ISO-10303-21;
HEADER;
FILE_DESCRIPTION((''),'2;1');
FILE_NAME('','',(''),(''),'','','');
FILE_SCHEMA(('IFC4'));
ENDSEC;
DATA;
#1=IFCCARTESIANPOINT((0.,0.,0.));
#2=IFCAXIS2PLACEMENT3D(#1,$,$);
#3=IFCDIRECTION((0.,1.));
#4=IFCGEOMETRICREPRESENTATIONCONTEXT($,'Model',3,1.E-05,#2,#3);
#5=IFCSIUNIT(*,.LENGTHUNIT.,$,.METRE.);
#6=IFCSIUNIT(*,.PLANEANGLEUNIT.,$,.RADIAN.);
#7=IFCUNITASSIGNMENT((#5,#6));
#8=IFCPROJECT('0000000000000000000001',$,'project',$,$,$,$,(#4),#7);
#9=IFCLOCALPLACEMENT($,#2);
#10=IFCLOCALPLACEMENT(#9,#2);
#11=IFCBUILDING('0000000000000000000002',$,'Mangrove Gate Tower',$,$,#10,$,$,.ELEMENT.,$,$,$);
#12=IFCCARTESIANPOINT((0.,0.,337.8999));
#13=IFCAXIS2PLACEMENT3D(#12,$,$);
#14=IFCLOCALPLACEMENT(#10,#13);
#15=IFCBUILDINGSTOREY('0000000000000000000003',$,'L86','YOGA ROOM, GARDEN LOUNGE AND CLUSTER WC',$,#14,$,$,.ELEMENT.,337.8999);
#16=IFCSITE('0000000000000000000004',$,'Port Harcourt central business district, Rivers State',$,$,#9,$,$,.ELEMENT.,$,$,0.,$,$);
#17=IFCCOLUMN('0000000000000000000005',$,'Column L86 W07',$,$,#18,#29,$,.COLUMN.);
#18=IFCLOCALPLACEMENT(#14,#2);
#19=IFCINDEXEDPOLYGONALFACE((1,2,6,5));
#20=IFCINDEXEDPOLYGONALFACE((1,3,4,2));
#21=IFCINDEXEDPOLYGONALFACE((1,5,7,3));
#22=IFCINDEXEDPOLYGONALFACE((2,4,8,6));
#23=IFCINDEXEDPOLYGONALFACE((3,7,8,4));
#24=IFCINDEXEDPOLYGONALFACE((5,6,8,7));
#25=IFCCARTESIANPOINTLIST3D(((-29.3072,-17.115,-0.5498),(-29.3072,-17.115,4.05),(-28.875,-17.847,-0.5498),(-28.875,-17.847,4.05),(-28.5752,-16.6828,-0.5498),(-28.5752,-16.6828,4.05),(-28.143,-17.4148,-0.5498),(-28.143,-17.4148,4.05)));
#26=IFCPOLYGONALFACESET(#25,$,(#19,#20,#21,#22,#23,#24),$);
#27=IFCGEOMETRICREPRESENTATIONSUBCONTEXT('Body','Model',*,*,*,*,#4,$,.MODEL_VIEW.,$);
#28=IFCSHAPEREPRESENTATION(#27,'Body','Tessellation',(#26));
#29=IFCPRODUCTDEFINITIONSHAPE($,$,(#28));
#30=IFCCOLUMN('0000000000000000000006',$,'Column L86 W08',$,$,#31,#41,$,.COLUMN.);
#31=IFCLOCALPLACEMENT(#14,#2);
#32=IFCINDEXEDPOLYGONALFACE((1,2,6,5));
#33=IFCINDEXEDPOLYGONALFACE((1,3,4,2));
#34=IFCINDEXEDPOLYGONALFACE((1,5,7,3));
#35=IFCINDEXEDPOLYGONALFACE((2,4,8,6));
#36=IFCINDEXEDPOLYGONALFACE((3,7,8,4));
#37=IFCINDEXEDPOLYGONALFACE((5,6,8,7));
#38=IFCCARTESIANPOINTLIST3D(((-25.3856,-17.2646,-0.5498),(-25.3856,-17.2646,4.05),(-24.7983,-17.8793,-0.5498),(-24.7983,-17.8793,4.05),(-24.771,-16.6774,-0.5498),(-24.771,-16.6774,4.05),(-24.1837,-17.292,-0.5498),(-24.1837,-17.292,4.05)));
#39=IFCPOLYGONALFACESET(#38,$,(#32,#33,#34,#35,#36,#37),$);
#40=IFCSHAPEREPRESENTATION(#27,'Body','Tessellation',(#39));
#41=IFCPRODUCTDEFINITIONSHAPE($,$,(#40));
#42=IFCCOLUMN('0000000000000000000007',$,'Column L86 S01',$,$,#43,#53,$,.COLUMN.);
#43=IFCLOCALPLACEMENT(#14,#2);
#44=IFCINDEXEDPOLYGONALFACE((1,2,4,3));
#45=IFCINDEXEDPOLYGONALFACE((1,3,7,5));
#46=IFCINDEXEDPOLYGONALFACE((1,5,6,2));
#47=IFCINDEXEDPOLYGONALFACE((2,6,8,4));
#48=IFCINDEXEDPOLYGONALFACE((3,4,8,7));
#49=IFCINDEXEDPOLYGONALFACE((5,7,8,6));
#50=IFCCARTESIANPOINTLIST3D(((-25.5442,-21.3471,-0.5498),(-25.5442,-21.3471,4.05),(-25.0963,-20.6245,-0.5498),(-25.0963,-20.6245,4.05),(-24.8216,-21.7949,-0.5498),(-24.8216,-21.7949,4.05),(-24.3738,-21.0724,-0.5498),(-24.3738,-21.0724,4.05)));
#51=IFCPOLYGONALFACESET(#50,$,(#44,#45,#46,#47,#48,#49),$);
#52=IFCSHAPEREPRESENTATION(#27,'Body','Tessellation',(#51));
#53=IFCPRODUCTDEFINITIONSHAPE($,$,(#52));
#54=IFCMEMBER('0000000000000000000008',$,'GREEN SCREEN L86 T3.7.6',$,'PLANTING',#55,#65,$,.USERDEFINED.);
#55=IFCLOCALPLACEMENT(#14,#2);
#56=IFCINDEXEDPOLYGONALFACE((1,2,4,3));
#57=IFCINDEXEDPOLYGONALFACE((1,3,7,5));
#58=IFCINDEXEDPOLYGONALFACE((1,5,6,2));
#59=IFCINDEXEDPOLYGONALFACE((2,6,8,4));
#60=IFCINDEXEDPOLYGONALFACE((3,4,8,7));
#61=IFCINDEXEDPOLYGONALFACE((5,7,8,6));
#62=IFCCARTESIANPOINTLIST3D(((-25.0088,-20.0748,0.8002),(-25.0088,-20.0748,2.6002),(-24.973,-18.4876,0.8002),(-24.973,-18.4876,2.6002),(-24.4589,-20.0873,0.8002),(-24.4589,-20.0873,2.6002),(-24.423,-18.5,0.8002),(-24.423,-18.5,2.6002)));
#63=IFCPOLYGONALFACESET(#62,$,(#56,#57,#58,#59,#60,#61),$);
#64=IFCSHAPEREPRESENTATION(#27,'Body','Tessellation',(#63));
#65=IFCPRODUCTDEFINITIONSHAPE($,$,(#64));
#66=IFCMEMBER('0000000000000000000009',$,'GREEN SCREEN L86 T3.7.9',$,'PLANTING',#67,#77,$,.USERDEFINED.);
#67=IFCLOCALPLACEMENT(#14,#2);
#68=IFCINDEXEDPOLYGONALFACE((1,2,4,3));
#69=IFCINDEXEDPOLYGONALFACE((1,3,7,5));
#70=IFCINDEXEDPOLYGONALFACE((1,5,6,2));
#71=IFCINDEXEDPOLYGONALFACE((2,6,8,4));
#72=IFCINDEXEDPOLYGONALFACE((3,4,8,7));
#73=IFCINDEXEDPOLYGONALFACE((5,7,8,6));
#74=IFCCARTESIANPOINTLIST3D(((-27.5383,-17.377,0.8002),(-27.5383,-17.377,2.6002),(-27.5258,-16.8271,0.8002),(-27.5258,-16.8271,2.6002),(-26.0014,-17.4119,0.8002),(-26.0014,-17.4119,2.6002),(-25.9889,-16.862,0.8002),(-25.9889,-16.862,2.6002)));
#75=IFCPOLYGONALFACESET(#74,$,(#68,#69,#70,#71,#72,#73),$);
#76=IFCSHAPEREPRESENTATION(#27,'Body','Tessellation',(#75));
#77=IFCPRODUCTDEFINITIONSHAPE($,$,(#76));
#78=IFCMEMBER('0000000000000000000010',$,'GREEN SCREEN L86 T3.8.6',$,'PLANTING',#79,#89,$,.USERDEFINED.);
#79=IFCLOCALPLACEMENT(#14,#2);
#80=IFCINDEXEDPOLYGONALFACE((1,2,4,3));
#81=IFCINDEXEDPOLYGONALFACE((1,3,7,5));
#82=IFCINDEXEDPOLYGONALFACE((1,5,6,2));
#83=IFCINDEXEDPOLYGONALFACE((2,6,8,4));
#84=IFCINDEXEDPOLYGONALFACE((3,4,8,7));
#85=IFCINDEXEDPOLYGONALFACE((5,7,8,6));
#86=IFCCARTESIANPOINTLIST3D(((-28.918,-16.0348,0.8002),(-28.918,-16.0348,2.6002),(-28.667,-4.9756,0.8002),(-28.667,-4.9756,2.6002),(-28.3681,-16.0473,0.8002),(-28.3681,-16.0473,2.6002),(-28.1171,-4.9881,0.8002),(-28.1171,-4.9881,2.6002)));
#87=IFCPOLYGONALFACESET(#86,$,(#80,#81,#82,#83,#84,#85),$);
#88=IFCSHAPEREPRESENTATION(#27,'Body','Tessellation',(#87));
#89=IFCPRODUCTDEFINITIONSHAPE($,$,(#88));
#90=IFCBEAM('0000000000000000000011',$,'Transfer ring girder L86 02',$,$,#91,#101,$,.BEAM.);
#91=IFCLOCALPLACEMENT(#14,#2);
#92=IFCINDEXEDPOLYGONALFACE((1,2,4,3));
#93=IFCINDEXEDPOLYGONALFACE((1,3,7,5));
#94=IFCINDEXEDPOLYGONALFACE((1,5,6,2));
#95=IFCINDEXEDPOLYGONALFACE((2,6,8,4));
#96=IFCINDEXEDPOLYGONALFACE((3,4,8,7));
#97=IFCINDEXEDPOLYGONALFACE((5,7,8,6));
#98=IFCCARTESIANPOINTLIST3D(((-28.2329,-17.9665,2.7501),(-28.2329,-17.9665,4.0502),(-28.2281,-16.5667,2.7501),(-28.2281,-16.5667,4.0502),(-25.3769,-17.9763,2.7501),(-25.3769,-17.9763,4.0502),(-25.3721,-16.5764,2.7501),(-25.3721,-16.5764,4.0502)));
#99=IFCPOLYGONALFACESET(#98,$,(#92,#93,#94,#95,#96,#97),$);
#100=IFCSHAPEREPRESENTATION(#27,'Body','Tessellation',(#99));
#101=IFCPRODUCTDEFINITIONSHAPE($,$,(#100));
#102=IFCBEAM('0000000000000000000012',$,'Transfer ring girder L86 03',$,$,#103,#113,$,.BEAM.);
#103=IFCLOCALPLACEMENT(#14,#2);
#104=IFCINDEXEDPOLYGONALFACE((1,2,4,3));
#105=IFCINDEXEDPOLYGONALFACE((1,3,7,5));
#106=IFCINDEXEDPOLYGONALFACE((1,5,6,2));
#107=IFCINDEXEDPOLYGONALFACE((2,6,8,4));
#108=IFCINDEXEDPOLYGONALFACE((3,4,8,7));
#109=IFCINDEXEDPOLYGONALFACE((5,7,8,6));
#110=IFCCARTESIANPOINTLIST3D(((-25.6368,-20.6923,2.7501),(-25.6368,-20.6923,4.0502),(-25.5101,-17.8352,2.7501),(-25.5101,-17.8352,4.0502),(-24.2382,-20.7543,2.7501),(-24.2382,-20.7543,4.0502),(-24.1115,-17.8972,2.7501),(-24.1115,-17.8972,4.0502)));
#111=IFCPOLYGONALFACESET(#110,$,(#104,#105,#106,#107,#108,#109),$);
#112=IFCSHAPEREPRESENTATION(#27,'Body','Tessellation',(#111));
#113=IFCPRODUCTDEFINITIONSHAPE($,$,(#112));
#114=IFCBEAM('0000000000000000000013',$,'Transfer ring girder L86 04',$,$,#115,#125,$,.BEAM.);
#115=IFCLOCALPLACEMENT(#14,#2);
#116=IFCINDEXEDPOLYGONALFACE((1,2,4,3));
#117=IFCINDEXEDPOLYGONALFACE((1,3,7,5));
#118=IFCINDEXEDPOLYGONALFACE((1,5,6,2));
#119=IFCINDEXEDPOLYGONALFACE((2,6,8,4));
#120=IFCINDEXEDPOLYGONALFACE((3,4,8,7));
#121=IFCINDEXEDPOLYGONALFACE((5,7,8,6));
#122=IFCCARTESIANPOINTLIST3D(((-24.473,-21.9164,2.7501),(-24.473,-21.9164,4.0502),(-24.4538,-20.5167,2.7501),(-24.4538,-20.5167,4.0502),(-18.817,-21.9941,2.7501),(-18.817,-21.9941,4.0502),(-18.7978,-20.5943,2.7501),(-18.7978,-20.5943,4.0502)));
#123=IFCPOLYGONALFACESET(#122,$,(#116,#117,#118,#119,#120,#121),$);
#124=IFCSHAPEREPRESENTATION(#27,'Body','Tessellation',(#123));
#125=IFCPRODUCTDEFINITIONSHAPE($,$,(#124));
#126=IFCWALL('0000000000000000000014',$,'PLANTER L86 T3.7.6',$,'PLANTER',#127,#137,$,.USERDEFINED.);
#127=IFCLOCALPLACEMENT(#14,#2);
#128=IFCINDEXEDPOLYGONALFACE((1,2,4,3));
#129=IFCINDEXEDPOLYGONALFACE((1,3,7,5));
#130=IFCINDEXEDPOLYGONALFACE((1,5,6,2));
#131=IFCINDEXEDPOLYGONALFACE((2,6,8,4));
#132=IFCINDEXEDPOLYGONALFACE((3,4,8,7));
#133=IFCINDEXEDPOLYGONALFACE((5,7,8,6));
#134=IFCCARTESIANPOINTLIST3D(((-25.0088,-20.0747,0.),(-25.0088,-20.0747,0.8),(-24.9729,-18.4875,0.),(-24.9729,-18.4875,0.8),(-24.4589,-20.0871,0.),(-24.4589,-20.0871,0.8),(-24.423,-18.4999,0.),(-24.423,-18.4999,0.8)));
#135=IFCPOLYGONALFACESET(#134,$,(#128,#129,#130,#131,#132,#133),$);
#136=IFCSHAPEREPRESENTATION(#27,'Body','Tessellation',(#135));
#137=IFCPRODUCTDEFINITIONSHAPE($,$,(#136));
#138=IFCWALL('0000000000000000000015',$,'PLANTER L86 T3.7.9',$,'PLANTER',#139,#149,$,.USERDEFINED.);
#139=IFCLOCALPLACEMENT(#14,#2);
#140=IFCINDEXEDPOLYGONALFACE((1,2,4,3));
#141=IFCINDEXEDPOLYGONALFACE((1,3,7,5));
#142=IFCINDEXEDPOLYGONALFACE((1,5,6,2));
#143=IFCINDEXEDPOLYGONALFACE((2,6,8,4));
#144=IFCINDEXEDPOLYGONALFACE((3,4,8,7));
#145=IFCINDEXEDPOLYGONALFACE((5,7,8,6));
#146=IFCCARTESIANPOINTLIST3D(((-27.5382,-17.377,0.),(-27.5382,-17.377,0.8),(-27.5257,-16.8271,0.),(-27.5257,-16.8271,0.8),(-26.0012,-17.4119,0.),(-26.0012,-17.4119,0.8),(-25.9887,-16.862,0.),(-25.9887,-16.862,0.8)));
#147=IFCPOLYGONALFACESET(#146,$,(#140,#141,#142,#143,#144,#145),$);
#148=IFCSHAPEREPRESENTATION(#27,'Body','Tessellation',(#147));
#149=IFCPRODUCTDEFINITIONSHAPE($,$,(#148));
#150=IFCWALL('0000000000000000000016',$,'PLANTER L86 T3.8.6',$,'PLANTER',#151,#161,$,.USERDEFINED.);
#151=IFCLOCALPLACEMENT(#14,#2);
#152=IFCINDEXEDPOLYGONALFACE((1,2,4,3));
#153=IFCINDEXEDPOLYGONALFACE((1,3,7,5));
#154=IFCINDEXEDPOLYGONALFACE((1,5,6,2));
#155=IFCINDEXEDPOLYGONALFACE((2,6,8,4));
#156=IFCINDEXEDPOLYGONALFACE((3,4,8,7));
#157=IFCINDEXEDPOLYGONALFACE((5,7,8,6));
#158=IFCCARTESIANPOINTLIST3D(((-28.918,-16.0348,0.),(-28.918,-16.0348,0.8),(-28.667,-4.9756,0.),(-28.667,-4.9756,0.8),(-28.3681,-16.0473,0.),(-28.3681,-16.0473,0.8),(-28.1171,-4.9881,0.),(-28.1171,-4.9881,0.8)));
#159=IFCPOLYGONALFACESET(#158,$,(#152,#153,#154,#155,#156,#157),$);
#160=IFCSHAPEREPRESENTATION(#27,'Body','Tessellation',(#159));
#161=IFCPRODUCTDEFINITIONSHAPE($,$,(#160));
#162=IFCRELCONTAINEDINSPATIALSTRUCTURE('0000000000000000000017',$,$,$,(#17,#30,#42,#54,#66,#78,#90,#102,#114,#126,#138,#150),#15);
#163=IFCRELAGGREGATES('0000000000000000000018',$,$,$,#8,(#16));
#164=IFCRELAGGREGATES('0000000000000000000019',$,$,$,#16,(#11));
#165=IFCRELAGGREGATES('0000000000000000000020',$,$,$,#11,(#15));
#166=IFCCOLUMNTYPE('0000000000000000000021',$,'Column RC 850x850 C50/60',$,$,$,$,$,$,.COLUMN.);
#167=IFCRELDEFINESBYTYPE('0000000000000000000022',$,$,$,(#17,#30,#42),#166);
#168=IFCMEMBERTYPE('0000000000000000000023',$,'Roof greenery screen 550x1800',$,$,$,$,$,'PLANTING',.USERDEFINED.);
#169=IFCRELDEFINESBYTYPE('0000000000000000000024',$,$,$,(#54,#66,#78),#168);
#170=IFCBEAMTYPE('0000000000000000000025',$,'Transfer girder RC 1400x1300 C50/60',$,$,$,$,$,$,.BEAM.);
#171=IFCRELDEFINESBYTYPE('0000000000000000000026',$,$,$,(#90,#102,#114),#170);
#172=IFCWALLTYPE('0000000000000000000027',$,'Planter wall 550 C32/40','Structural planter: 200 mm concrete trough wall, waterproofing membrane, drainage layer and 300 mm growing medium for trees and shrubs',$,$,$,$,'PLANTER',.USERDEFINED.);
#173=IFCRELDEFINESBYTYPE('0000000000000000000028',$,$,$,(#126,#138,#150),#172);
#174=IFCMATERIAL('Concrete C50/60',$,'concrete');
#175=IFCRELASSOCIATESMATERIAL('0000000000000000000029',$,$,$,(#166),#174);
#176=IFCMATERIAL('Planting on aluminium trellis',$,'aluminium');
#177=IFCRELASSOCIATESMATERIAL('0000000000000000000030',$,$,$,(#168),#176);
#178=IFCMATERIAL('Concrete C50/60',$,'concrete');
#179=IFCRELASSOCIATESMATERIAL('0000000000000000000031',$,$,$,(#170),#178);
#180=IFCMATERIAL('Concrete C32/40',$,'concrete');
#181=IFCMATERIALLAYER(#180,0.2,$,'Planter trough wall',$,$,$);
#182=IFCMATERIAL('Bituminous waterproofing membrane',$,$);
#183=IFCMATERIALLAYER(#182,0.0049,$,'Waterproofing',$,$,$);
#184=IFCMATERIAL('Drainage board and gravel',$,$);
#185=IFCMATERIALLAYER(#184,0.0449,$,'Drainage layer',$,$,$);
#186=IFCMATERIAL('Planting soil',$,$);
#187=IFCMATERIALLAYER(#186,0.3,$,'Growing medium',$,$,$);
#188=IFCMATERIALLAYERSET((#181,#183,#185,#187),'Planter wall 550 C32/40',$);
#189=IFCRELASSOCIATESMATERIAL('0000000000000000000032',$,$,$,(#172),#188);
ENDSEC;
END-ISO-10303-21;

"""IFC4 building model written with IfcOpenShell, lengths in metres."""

from ifc_helpers import new_model, si_unit, direction, frame, frame_2d, origin, origin_2d, place, context, subcontext, project, spatial, rectangle, extrude, material, layer, layer_set, material_profile, profile_set, type_object, element, save


model = new_model("IFC4")

# Units and contexts
model_context = context("Model", 3, precision=1e-05, world=origin(), true_north=direction((0.0, 1.0)))
body_context = subcontext(model_context, "Body", "Model", "MODEL_VIEW")
ifc_project = project(units=[si_unit("LENGTHUNIT", "METRE"), si_unit("PLANEANGLEUNIT", "RADIAN")], contexts=[model_context])

# Site, building, storey
site_placement = place(None, origin())
site = spatial("IfcSite", under=ifc_project, at=site_placement, Name="Port Harcourt central business district, Rivers State", CompositionType="ELEMENT", RefElevation=0.0)
building_placement = place(site_placement, origin())
building = spatial("IfcBuilding", under=site, at=building_placement, Name="Mangrove Gate Tower", CompositionType="ELEMENT")
storey_placement = place(building_placement, frame((0.0, 0.0, 337.8999)))
storey = spatial("IfcBuildingStorey", under=building, at=storey_placement, Name="L86", Description="YOGA ROOM, GARDEN LOUNGE AND CLUSTER WC", CompositionType="ELEMENT", Elevation=337.8999)

# Columns
ifc_material_1 = material(Name="Concrete C50/60", Category="concrete")
ifc_material_profile_1 = material_profile(ifc_material_1, rectangle(XDim=0.8501, YDim=0.8501, at=origin_2d()))
ifc_profile_set_1 = profile_set([ifc_material_profile_1], Name="Concrete C50/60")
column_type = type_object("IfcColumnType", Name="Column RC 850x850 C50/60", PredefinedType="COLUMN", material=ifc_profile_set_1)
for number, where, z_axis, x_axis, name in (
    (1, (-28.7251, -17.2649, -0.5498), (0.0, 0.0, 1.0), (0.508409, -0.861116, 0.0), "Column L86 W07"),
    (2, (-24.7847, -17.2783, -0.5498), (0.0, 0.0, 1.0), (0.690837, -0.72301, 0.0), "Column L86 W08"),
    (3, (-24.959, -21.2097, -0.5498), (0.0, 0.0, 1.0), (0.84996, -0.526848, 0.0), "Column L86 S01"),
):
    element("IfcColumn", number, at=place(storey_placement, frame(where, z_axis=z_axis, x_axis=x_axis)), inside=storey, type_object=column_type, Name=name, PredefinedType="COLUMN", context=body_context, shape_type="SweptSolid", body=[
        extrude(rectangle(XDim=0.8501, YDim=0.8501, at=origin_2d()), origin(), (0.0, 0.0, 1.0), 4.5999),
    ])

# Members
ifc_material_2 = material(Name="Planting on aluminium trellis", Category="aluminium")
ifc_material_profile_2 = material_profile(ifc_material_2, rectangle(XDim=0.55, YDim=1.8, at=origin_2d()))
ifc_profile_set_2 = profile_set([ifc_material_profile_2], Name="Planting on aluminium trellis")
member_type = type_object("IfcMemberType", Name="Roof greenery screen 550x1800", ElementType="PLANTING", PredefinedType="USERDEFINED", material=ifc_profile_set_2)
member_1_placement = place(storey_placement, frame((-24.7339, -20.0811, 1.7002), z_axis=(0.022606, 0.999744, 0.0), x_axis=(-0.999744, 0.022606, 0.0)))
element("IfcMember", 4, at=member_1_placement, inside=storey, type_object=member_type, Name="GREEN SCREEN L86 T3.7.6", ObjectType="PLANTING", PredefinedType="USERDEFINED", context=body_context, shape_type="SweptSolid", body=[
    extrude(rectangle(XDim=0.55, YDim=1.8, at=origin_2d()), origin(), (0.0, 0.0, 1.0), 1.5876),
])
member_2_placement = place(storey_placement, frame((-25.9951, -17.137, 1.7002), z_axis=(-0.999742, 0.022711, 0.0), x_axis=(-0.022711, -0.999742, 0.0)))
element("IfcMember", 5, at=member_2_placement, inside=storey, type_object=member_type, Name="GREEN SCREEN L86 T3.7.9", ObjectType="PLANTING", PredefinedType="USERDEFINED", context=body_context, shape_type="SweptSolid", body=[
    extrude(rectangle(XDim=0.55, YDim=1.8, at=origin_2d()), origin(), (0.0, 0.0, 1.0), 1.5374),
])
member_3_placement = place(storey_placement, frame((-28.6431, -16.041, 1.7002), z_axis=(0.022688, 0.999743, 0.0), x_axis=(-0.999743, 0.022688, 0.0)))
element("IfcMember", 6, at=member_3_placement, inside=storey, type_object=member_type, Name="GREEN SCREEN L86 T3.8.6", ObjectType="PLANTING", PredefinedType="USERDEFINED", context=body_context, shape_type="SweptSolid", body=[
    extrude(rectangle(XDim=0.55, YDim=1.8, at=origin_2d()), origin(), (0.0, 0.0, 1.0), 11.062),
])

# Beams
ifc_material_3 = material(Name="Concrete C50/60", Category="concrete")
ifc_material_profile_3 = material_profile(ifc_material_3, rectangle(XDim=1.3999, YDim=1.3, at=origin_2d()))
ifc_profile_set_3 = profile_set([ifc_material_profile_3], Name="Concrete C50/60")
beam_type = type_object("IfcBeamType", Name="Transfer girder RC 1400x1300 C50/60", PredefinedType="BEAM", material=ifc_profile_set_3)
beam_1_placement = place(storey_placement, frame((-28.2305, -17.2666, 3.4001), z_axis=(0.999994, -0.003419, 0.0), x_axis=(0.003419, 0.999994, 0.0)))
element("IfcBeam", 7, at=beam_1_placement, inside=storey, type_object=beam_type, Name="Transfer ring girder L86 02", PredefinedType="BEAM", context=body_context, shape_type="SweptSolid", body=[
    extrude(rectangle(XDim=1.3999, YDim=1.3, at=origin_2d()), origin(), (0.0, 0.0, 1.0), 2.856),
])
beam_2_placement = place(storey_placement, frame((-24.8108, -17.8662, 3.4001), z_axis=(-0.044308, -0.999018, 0.0), x_axis=(0.999018, -0.044308, 0.0)))
element("IfcBeam", 8, at=beam_2_placement, inside=storey, type_object=beam_type, Name="Transfer ring girder L86 03", PredefinedType="BEAM", context=body_context, shape_type="SweptSolid", body=[
    extrude(rectangle(XDim=1.3999, YDim=1.3, at=origin_2d()), origin(), (0.0, 0.0, 1.0), 2.8599),
])
beam_3_placement = place(storey_placement, frame((-24.4634, -21.2166, 3.4001), z_axis=(0.999906, -0.013725, 0.0), x_axis=(0.013725, 0.999906, 0.0)))
element("IfcBeam", 9, at=beam_3_placement, inside=storey, type_object=beam_type, Name="Transfer ring girder L86 04", PredefinedType="BEAM", context=body_context, shape_type="SweptSolid", body=[
    extrude(rectangle(XDim=1.3999, YDim=1.3, at=origin_2d()), origin(), (0.0, 0.0, 1.0), 5.6565),
])

# Walls
ifc_material_4 = material(Name="Concrete C32/40", Category="concrete")
ifc_layer_1 = layer(ifc_material_4, 0.2, Name="Planter trough wall")
ifc_material_5 = material(Name="Bituminous waterproofing membrane")
ifc_layer_2 = layer(ifc_material_5, 0.0049, Name="Waterproofing")
ifc_material_6 = material(Name="Drainage board and gravel")
ifc_layer_3 = layer(ifc_material_6, 0.0449, Name="Drainage layer")
ifc_material_7 = material(Name="Planting soil")
ifc_layer_4 = layer(ifc_material_7, 0.3, Name="Growing medium")
ifc_layer_set_1 = layer_set([ifc_layer_1, ifc_layer_2, ifc_layer_3, ifc_layer_4], Name="Planter wall 550 C32/40")
wall_type_1 = type_object("IfcWallType", Name="Planter wall 550 C32/40", Description="Structural planter: 200 mm concrete trough wall, waterproofing membrane, drainage layer and 300 mm growing medium for trees and shrubs", ElementType="PLANTER", PredefinedType="USERDEFINED", material=ifc_layer_set_1)
wall_1_placement = place(storey_placement, frame((-24.7339, -20.0811, 0.0), z_axis=(0.0, 0.0, 1.0), x_axis=(0.022606, 0.999744, 0.0)))
element("IfcWall", 10, at=wall_1_placement, inside=storey, type_object=wall_type_1, Name="PLANTER L86 T3.7.6", ObjectType="PLANTER", PredefinedType="USERDEFINED", context=body_context, shape_type="SweptSolid", body=[
    extrude(rectangle(XDim=1.5876, YDim=0.55, at=frame_2d((0.7939, 0.0))), origin(), (0.0, 0.0, 1.0), 0.8),
])
wall_2_placement = place(storey_placement, frame((-25.9951, -17.137, 0.0), z_axis=(0.0, 0.0, 1.0), x_axis=(-0.999742, 0.022711, 0.0)))
element("IfcWall", 11, at=wall_2_placement, inside=storey, type_object=wall_type_1, Name="PLANTER L86 T3.7.9", ObjectType="PLANTER", PredefinedType="USERDEFINED", context=body_context, shape_type="SweptSolid", body=[
    extrude(rectangle(XDim=1.5374, YDim=0.55, at=frame_2d((0.7686, 0.0))), origin(), (0.0, 0.0, 1.0), 0.8),
])
wall_3_placement = place(storey_placement, frame((-28.6431, -16.041, 0.0), z_axis=(0.0, 0.0, 1.0), x_axis=(0.022688, 0.999743, 0.0)))
element("IfcWall", 12, at=wall_3_placement, inside=storey, type_object=wall_type_1, Name="PLANTER L86 T3.8.6", ObjectType="PLANTER", PredefinedType="USERDEFINED", context=body_context, shape_type="SweptSolid", body=[
    extrude(rectangle(XDim=11.062, YDim=0.55, at=frame_2d((5.531, 0.0))), origin(), (0.0, 0.0, 1.0), 0.8),
])

save(model, "model.ifc")
